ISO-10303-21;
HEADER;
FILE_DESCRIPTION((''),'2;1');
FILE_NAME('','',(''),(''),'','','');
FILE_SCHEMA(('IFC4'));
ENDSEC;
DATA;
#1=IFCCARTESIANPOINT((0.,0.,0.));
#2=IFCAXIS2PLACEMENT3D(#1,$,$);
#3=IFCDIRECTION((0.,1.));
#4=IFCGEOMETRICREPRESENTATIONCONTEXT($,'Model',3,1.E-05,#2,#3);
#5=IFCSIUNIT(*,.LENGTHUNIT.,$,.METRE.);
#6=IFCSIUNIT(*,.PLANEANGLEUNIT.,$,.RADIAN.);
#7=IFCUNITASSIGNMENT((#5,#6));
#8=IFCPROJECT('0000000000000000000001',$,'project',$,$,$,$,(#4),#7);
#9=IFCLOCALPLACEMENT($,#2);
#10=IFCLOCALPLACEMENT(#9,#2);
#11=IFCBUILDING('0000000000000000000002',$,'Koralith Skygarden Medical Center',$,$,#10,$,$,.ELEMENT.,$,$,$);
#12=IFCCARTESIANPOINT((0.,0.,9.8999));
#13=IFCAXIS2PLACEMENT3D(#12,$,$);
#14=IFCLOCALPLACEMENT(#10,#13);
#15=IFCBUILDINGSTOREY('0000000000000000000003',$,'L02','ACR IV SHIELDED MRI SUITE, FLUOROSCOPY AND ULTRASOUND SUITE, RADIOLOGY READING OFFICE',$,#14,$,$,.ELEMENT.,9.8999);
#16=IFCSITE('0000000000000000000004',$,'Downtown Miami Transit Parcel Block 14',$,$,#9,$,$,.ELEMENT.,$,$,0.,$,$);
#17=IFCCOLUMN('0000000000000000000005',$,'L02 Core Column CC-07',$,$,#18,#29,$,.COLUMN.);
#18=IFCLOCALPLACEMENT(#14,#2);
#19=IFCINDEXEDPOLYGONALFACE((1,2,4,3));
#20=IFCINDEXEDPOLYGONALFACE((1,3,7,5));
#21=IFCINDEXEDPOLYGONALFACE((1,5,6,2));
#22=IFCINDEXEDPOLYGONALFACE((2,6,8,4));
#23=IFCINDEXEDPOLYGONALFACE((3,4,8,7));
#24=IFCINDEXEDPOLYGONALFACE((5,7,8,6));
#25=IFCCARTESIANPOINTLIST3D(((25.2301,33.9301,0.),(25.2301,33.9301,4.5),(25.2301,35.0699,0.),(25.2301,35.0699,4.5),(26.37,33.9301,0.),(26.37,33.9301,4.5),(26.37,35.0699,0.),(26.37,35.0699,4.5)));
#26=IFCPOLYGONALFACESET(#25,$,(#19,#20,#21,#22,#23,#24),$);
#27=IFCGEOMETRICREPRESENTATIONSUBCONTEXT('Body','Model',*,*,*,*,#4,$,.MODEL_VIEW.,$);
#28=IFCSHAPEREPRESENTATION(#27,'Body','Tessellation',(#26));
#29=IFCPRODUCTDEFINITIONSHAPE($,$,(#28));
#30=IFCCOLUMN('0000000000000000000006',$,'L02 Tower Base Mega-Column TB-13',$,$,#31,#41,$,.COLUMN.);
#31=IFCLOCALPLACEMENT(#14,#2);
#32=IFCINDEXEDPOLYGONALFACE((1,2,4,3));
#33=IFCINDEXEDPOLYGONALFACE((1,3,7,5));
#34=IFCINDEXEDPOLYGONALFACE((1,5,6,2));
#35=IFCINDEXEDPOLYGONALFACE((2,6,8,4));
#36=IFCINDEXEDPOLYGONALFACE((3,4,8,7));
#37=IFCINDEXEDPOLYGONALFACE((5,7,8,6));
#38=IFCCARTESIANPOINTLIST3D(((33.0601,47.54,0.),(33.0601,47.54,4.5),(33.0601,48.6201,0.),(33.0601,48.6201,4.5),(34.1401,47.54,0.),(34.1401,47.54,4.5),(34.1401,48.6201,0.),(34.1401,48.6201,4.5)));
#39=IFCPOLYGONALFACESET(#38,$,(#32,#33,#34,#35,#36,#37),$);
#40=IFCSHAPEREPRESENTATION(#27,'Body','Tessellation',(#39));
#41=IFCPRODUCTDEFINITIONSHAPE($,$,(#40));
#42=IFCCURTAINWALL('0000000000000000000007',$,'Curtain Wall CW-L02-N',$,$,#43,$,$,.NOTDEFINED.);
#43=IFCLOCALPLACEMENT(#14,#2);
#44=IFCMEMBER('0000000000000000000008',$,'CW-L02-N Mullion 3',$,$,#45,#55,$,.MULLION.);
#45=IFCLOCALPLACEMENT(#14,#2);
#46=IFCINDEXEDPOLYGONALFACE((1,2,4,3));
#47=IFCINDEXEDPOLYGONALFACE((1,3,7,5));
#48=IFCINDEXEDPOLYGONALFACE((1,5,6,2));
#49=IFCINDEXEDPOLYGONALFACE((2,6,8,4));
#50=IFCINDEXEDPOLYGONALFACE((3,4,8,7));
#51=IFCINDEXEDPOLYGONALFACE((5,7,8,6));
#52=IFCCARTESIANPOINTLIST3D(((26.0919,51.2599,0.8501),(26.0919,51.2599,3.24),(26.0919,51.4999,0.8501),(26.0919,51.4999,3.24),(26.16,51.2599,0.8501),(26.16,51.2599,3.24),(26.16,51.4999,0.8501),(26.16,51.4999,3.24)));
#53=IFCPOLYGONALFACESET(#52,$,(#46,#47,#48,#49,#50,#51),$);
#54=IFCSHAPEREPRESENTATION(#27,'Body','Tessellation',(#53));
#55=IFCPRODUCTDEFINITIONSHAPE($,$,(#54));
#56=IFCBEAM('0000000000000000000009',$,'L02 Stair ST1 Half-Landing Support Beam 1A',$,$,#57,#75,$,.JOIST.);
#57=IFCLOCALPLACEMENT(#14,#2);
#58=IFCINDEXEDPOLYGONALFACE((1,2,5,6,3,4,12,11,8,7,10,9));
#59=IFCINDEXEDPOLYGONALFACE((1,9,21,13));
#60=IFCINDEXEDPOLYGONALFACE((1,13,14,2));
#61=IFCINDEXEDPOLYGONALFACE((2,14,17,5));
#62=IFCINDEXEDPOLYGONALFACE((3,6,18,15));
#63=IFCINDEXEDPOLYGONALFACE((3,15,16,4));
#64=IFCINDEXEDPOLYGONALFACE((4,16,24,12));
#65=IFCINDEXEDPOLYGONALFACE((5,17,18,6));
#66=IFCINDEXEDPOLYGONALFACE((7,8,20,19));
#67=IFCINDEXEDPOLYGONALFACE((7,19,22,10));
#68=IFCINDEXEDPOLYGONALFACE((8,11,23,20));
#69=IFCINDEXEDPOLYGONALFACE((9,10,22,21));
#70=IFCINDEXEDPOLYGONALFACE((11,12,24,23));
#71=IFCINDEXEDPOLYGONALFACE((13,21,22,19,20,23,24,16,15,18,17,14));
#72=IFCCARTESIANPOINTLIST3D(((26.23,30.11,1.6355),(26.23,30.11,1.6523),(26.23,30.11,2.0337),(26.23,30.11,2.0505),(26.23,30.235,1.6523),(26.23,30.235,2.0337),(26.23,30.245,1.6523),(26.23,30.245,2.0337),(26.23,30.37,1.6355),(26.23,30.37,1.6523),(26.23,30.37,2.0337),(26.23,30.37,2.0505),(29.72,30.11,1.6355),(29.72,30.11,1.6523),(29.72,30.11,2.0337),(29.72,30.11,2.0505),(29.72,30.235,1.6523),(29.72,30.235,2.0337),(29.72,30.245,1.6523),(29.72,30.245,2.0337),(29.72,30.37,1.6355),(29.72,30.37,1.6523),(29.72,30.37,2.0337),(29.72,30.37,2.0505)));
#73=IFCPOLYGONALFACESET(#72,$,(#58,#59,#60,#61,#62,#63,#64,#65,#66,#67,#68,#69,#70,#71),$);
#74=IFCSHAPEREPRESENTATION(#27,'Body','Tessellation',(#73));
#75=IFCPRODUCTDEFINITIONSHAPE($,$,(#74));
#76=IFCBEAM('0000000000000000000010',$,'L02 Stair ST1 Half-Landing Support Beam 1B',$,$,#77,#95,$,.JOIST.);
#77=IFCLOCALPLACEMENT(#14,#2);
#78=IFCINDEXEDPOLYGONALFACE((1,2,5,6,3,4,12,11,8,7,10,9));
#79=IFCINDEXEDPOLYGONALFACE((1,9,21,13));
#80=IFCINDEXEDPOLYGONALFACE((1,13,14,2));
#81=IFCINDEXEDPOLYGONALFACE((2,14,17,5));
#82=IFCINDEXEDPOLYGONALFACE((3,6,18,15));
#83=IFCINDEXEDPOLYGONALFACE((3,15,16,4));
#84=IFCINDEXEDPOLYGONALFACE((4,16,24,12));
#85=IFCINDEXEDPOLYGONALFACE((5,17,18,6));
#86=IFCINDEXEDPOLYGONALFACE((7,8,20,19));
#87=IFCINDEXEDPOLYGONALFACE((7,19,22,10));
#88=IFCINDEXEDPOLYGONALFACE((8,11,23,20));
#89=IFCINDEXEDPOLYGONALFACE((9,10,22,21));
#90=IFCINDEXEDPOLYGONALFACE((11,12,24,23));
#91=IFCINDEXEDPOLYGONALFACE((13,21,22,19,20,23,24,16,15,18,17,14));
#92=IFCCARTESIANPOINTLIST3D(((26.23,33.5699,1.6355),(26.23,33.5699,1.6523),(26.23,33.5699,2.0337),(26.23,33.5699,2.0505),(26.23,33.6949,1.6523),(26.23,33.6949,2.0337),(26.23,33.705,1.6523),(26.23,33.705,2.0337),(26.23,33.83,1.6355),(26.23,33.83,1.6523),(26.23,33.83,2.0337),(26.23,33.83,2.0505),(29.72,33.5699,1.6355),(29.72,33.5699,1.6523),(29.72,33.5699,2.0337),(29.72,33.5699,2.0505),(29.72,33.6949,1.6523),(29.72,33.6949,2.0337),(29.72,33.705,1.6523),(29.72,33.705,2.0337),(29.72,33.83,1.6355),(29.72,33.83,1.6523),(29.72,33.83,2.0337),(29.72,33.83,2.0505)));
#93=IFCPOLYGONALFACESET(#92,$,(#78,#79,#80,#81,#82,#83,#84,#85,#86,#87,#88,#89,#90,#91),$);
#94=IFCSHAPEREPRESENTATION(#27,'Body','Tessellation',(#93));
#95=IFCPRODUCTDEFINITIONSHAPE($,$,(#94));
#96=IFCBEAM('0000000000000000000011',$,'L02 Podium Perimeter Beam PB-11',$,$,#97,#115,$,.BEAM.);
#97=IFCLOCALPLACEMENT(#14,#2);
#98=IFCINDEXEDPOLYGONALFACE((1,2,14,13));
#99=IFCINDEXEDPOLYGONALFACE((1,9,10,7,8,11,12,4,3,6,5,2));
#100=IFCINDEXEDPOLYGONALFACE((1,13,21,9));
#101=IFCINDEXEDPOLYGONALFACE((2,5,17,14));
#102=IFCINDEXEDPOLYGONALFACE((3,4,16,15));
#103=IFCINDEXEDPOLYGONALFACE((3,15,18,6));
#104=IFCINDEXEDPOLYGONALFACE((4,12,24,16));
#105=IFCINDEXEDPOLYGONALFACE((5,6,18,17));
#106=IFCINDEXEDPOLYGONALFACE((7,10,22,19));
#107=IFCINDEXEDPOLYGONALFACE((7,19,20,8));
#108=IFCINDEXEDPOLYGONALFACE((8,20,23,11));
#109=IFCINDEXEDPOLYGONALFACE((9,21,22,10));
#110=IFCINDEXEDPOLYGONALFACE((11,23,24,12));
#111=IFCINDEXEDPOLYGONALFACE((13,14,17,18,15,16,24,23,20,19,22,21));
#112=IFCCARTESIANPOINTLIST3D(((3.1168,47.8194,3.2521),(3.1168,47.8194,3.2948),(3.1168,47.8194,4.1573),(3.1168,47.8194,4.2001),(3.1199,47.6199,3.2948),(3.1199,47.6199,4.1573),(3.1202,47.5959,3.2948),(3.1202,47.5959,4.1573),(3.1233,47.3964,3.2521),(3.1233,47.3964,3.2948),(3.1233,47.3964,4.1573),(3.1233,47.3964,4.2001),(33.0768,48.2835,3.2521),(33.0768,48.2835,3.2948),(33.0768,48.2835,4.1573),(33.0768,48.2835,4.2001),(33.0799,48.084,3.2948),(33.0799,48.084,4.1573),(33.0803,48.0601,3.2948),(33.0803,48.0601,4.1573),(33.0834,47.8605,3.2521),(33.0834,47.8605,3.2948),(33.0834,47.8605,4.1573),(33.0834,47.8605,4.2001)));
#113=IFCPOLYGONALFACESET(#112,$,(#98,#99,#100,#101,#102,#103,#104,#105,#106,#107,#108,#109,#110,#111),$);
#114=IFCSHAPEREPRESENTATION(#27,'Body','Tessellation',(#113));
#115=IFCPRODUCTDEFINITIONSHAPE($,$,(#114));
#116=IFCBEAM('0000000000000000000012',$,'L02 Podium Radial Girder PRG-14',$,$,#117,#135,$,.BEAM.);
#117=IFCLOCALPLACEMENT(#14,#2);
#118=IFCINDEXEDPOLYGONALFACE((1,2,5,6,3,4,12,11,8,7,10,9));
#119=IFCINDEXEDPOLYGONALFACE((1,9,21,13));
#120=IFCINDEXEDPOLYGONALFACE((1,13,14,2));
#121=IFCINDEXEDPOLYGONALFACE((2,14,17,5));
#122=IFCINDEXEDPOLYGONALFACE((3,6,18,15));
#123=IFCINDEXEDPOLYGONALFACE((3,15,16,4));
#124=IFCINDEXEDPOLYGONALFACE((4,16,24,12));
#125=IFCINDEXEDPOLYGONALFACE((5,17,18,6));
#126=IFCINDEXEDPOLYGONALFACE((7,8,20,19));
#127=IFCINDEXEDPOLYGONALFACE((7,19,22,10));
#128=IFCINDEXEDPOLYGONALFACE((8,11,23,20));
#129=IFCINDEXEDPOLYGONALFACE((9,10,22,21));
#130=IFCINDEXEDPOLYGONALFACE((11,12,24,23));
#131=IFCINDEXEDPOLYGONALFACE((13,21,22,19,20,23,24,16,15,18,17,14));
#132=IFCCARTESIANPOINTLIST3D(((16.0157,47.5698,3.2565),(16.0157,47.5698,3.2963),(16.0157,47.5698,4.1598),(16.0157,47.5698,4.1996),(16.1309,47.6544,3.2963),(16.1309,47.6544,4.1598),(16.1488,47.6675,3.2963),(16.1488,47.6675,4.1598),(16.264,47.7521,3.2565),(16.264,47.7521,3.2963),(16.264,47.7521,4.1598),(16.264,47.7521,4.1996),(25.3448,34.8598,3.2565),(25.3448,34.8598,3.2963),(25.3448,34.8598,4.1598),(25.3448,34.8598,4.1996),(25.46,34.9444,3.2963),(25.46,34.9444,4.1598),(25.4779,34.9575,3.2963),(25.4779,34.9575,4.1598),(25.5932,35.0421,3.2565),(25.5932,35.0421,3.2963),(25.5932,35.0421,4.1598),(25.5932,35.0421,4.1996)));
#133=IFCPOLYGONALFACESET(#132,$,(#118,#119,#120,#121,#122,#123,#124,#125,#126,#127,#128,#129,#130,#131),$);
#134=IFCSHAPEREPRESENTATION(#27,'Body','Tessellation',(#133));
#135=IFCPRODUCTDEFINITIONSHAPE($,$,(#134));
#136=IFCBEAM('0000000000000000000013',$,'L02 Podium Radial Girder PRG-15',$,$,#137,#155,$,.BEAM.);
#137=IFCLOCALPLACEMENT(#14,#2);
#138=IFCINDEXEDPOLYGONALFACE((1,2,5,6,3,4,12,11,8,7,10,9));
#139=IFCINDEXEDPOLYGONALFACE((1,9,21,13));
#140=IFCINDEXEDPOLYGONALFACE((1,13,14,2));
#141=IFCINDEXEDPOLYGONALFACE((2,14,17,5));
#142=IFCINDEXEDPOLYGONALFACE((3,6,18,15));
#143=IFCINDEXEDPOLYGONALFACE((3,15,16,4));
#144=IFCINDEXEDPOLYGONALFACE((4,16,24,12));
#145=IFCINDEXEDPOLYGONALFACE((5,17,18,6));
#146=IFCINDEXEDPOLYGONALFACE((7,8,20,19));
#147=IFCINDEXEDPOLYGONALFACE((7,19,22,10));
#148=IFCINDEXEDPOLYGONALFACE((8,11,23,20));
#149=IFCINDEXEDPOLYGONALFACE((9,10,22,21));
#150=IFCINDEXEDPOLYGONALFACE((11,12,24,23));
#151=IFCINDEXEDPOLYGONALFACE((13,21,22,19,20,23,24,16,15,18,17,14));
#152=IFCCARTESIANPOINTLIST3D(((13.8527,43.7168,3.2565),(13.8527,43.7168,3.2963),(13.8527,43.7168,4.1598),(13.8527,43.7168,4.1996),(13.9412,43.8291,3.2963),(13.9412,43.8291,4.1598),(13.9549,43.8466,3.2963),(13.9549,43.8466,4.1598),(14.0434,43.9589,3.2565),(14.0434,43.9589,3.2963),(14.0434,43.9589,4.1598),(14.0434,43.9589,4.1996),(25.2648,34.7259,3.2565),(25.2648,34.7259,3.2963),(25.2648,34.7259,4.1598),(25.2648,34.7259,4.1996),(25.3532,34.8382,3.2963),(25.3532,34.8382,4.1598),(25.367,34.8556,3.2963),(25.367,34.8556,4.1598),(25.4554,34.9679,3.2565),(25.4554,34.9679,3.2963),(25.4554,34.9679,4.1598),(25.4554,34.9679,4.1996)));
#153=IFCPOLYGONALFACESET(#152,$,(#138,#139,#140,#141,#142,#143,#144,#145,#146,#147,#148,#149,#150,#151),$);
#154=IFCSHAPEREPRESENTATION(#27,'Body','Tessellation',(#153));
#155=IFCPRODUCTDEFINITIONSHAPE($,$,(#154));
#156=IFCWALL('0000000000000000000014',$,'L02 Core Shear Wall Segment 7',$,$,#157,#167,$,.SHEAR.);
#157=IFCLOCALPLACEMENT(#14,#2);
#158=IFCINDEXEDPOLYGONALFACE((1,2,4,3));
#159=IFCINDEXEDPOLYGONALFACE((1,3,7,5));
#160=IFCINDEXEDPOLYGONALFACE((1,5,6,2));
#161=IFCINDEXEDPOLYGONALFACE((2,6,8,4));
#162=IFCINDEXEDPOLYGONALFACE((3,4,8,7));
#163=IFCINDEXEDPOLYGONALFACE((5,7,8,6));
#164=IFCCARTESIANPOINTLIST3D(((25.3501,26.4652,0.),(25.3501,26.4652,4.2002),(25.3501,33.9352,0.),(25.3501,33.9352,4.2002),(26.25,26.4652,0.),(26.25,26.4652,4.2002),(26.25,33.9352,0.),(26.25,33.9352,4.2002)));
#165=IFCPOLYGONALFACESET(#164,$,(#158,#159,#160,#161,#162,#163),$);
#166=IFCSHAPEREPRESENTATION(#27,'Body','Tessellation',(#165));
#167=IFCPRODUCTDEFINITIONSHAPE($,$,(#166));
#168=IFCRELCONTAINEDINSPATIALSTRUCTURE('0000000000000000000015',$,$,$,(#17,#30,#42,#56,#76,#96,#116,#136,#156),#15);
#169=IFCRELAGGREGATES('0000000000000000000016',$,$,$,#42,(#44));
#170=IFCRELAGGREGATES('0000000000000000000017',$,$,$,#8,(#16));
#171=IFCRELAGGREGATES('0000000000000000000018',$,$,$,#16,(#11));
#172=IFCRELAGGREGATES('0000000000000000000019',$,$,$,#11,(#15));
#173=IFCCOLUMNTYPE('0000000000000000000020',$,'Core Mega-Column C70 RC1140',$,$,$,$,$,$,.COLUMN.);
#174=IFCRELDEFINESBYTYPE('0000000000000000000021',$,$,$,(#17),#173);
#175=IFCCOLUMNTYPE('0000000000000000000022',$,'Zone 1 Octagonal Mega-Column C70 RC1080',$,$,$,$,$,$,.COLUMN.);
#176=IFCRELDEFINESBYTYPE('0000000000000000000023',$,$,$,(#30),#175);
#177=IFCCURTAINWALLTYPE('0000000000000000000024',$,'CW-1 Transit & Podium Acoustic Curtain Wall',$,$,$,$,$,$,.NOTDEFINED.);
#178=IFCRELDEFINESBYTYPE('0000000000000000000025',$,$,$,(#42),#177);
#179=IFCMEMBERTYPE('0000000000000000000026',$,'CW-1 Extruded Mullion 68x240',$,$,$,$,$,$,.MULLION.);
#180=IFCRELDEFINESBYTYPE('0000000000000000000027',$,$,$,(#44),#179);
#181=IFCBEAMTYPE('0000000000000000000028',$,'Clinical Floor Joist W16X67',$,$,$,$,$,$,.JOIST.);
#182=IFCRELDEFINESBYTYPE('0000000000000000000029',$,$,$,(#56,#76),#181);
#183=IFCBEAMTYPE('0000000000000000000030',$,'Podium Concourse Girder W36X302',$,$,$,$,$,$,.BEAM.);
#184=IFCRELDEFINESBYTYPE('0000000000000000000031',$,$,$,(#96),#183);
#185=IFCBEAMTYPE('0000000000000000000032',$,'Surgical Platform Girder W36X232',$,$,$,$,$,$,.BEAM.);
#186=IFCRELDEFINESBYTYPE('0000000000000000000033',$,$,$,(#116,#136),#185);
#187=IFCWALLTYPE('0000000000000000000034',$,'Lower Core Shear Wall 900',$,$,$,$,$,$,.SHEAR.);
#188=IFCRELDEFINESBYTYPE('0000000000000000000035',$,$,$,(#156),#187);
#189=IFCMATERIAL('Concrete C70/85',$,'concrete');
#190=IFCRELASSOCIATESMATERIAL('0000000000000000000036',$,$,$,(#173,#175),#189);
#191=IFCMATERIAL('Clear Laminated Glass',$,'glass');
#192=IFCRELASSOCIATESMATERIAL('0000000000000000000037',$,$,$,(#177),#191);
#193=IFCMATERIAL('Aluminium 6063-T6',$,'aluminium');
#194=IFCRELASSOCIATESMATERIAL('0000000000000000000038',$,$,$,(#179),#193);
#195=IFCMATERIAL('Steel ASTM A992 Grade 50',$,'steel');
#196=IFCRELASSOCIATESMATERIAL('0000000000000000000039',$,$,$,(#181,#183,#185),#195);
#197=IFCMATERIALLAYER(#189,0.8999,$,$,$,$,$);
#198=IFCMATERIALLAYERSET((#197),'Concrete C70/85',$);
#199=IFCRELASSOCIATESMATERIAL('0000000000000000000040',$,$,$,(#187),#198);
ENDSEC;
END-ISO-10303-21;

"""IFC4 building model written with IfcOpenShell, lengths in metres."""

from ifc_helpers import new_model, si_unit, direction, frame, frame_2d, origin, origin_2d, place, context, subcontext, project, spatial, rectangle, i_section, extrude, material, layer, layer_set, material_profile, profile_set, type_object, element, aggregate, save


model = new_model("IFC4")

# Units and contexts
model_context = context("Model", 3, precision=1e-05, world=origin(), true_north=direction((0.0, 1.0)))
body_context = subcontext(model_context, "Body", "Model", "MODEL_VIEW")
ifc_project = project(units=[si_unit("LENGTHUNIT", "METRE"), si_unit("PLANEANGLEUNIT", "RADIAN")], contexts=[model_context])

# Site, building, storey
site_placement = place(None, origin())
site = spatial("IfcSite", under=ifc_project, at=site_placement, Name="Downtown Miami Transit Parcel Block 14", CompositionType="ELEMENT", RefElevation=0.0)
building_placement = place(site_placement, origin())
building = spatial("IfcBuilding", under=site, at=building_placement, Name="Koralith Skygarden Medical Center", CompositionType="ELEMENT")
storey_placement = place(building_placement, frame((0.0, 0.0, 9.8999)))
storey = spatial("IfcBuildingStorey", under=building, at=storey_placement, Name="L02", Description="ACR IV SHIELDED MRI SUITE, FLUOROSCOPY AND ULTRASOUND SUITE, RADIOLOGY READING OFFICE", CompositionType="ELEMENT", Elevation=9.8999)

# Columns
ifc_material_1 = material(Name="Concrete C70/85", Category="concrete")
ifc_material_profile_1 = material_profile(ifc_material_1, rectangle(XDim=1.1399, YDim=1.1399, at=origin_2d()), Name="RC1140X1140")
ifc_profile_set_1 = profile_set([ifc_material_profile_1], Name="Concrete C70/85")
column_type_1 = type_object("IfcColumnType", Name="Core Mega-Column C70 RC1140", PredefinedType="COLUMN", material=ifc_profile_set_1)
column_1_placement = place(storey_placement, frame((25.8, 34.5, 0.0), z_axis=(0.0, 0.0, 1.0), x_axis=(1.0, 0.0, 0.0)))
element("IfcColumn", 1, at=column_1_placement, inside=storey, type_object=column_type_1, Name="L02 Core Column CC-07", PredefinedType="COLUMN", context=body_context, shape_type="SweptSolid", body=[
    extrude(rectangle(XDim=1.1399, YDim=1.1399, at=origin_2d()), origin(), (0.0, 0.0, 1.0), 4.5),
])
ifc_material_profile_2 = material_profile(ifc_material_1, rectangle(XDim=1.0801, YDim=1.0801, at=origin_2d()), Name="RC1080X1080")
ifc_profile_set_2 = profile_set([ifc_material_profile_2], Name="Concrete C70/85")
column_type_2 = type_object("IfcColumnType", Name="Zone 1 Octagonal Mega-Column C70 RC1080", PredefinedType="COLUMN", material=ifc_profile_set_2)
column_2_placement = place(storey_placement, frame((33.6001, 48.0801, 0.0), z_axis=(0.0, 0.0, 1.0), x_axis=(1.0, 0.0, 0.0)))
element("IfcColumn", 2, at=column_2_placement, inside=storey, type_object=column_type_2, Name="L02 Tower Base Mega-Column TB-13", PredefinedType="COLUMN", context=body_context, shape_type="SweptSolid", body=[
    extrude(rectangle(XDim=1.0801, YDim=1.0801, at=origin_2d()), origin(), (0.0, 0.0, 1.0), 4.5),
])

# Curtain wall, member
ifc_material_2 = material(Name="Clear Laminated Glass", Category="glass")
curtain_wall_type = type_object("IfcCurtainWallType", Name="CW-1 Transit & Podium Acoustic Curtain Wall", PredefinedType="NOTDEFINED", material=ifc_material_2)
curtain_wall_placement = place(storey_placement, origin())
curtain_wall = element("IfcCurtainWall", 3, at=curtain_wall_placement, inside=storey, type_object=curtain_wall_type, Name="Curtain Wall CW-L02-N", PredefinedType="NOTDEFINED")
ifc_material_3 = material(Name="Aluminium 6063-T6", Category="aluminium")
ifc_material_profile_3 = material_profile(ifc_material_3, rectangle(XDim=0.0681, YDim=0.24, at=origin_2d()), Name="MUL68X240")
ifc_profile_set_3 = profile_set([ifc_material_profile_3], Name="Aluminium 6063-T6")
member_type = type_object("IfcMemberType", Name="CW-1 Extruded Mullion 68x240", PredefinedType="MULLION", material=ifc_profile_set_3)
member_placement = place(storey_placement, frame((26.126, 51.3799, 0.8501), z_axis=(0.0, 0.0, 1.0), x_axis=(1.0, 0.0, 0.0)))
member = element("IfcMember", 4, at=member_placement, type_object=member_type, Name="CW-L02-N Mullion 3", PredefinedType="MULLION", context=body_context, shape_type="SweptSolid", body=[
    extrude(rectangle(XDim=0.0681, YDim=0.24, at=origin_2d()), origin(), (0.0, 0.0, 1.0), 2.3899),
])
aggregate(curtain_wall, [member])

# Beams
ifc_material_4 = material(Name="Steel ASTM A992 Grade 50", Category="steel")
ifc_material_profile_4 = material_profile(ifc_material_4, i_section(OverallWidth=0.26, OverallDepth=0.415, WebThickness=0.01, FlangeThickness=0.0168, at=origin_2d()), Name="W16X67")
ifc_profile_set_4 = profile_set([ifc_material_profile_4], Name="Steel ASTM A992 Grade 50")
beam_type_1 = type_object("IfcBeamType", Name="Clinical Floor Joist W16X67", PredefinedType="JOIST", material=ifc_profile_set_4)
for number, where, z_axis, x_axis, name in (
    (5, (26.23, 30.24, 1.843), (1.0, 0.0, 0.0), (0.0, 1.0, 0.0), "L02 Stair ST1 Half-Landing Support Beam 1A"),
    (6, (26.23, 33.7, 1.843), (1.0, 0.0, 0.0), (0.0, 1.0, 0.0), "L02 Stair ST1 Half-Landing Support Beam 1B"),
):
    element("IfcBeam", number, at=place(storey_placement, frame(where, z_axis=z_axis, x_axis=x_axis)), inside=storey, type_object=beam_type_1, Name=name, PredefinedType="JOIST", context=body_context, shape_type="SweptSolid", body=[
        extrude(i_section(OverallWidth=0.26, OverallDepth=0.415, WebThickness=0.01, FlangeThickness=0.0168, at=origin_2d()), origin(), (0.0, 0.0, 1.0), 3.49),
    ])
ifc_material_profile_5 = material_profile(ifc_material_4, i_section(OverallWidth=0.4231, OverallDepth=0.948, WebThickness=0.0239, FlangeThickness=0.0427, at=origin_2d()), Name="W36X302")
ifc_profile_set_5 = profile_set([ifc_material_profile_5], Name="Steel ASTM A992 Grade 50")
beam_type_2 = type_object("IfcBeamType", Name="Podium Concourse Girder W36X302", PredefinedType="BEAM", material=ifc_profile_set_5)
beam_1_placement = place(storey_placement, frame((33.0801, 48.072, 3.7261), z_axis=(-0.99988, -0.015489, 0.0), x_axis=(0.015489, -0.99988, 0.0)))
element("IfcBeam", 7, at=beam_1_placement, inside=storey, type_object=beam_type_2, Name="L02 Podium Perimeter Beam PB-11", PredefinedType="BEAM", context=body_context, shape_type="SweptSolid", body=[
    extrude(i_section(OverallWidth=0.4231, OverallDepth=0.948, WebThickness=0.0239, FlangeThickness=0.0427, at=origin_2d()), origin(), (0.0, 0.0, 1.0), 29.9636),
])
ifc_material_profile_6 = material_profile(ifc_material_4, i_section(OverallWidth=0.3081, OverallDepth=0.9431, WebThickness=0.0222, FlangeThickness=0.0398, at=origin_2d()), Name="W36X232")
ifc_profile_set_6 = profile_set([ifc_material_profile_6], Name="Steel ASTM A992 Grade 50")
beam_type_3 = type_object("IfcBeamType", Name="Surgical Platform Girder W36X232", PredefinedType="BEAM", material=ifc_profile_set_6)
beam_2_placement = place(storey_placement, frame((25.469, 34.9509, 3.728), z_axis=(-0.591713, 0.806149, 0.0), x_axis=(-0.806149, -0.591713, 0.0)))
element("IfcBeam", 8, at=beam_2_placement, inside=storey, type_object=beam_type_3, Name="L02 Podium Radial Girder PRG-14", PredefinedType="BEAM", context=body_context, shape_type="SweptSolid", body=[
    extrude(i_section(OverallWidth=0.3081, OverallDepth=0.9431, WebThickness=0.0222, FlangeThickness=0.0398, at=origin_2d()), origin(), (0.0, 0.0, 1.0), 15.7664),
])
beam_3_placement = place(storey_placement, frame((25.3601, 34.8469, 3.728), z_axis=(-0.785505, 0.618856, 0.0), x_axis=(-0.618856, -0.785505, 0.0)))
element("IfcBeam", 9, at=beam_3_placement, inside=storey, type_object=beam_type_3, Name="L02 Podium Radial Girder PRG-15", PredefinedType="BEAM", context=body_context, shape_type="SweptSolid", body=[
    extrude(i_section(OverallWidth=0.3081, OverallDepth=0.9431, WebThickness=0.0222, FlangeThickness=0.0398, at=origin_2d()), origin(), (0.0, 0.0, 1.0), 14.5283),
])

# Wall
ifc_layer_1 = layer(ifc_material_1, 0.8999)
ifc_layer_set_1 = layer_set([ifc_layer_1], Name="Concrete C70/85")
wall_type_1 = type_object("IfcWallType", Name="Lower Core Shear Wall 900", PredefinedType="SHEAR", material=ifc_layer_set_1)
wall_1_placement = place(storey_placement, frame((25.8, 33.9351, 0.0), z_axis=(0.0, 0.0, 1.0), x_axis=(0.0, -1.0, 0.0)))
element("IfcWall", 10, at=wall_1_placement, inside=storey, type_object=wall_type_1, Name="L02 Core Shear Wall Segment 7", PredefinedType="SHEAR", context=body_context, shape_type="SweptSolid", body=[
    extrude(rectangle(XDim=7.47, YDim=0.8999, at=frame_2d((3.7349, 0.0))), origin(), (0.0, 0.0, 1.0), 4.2002),
])

save(model, "model.ifc")
